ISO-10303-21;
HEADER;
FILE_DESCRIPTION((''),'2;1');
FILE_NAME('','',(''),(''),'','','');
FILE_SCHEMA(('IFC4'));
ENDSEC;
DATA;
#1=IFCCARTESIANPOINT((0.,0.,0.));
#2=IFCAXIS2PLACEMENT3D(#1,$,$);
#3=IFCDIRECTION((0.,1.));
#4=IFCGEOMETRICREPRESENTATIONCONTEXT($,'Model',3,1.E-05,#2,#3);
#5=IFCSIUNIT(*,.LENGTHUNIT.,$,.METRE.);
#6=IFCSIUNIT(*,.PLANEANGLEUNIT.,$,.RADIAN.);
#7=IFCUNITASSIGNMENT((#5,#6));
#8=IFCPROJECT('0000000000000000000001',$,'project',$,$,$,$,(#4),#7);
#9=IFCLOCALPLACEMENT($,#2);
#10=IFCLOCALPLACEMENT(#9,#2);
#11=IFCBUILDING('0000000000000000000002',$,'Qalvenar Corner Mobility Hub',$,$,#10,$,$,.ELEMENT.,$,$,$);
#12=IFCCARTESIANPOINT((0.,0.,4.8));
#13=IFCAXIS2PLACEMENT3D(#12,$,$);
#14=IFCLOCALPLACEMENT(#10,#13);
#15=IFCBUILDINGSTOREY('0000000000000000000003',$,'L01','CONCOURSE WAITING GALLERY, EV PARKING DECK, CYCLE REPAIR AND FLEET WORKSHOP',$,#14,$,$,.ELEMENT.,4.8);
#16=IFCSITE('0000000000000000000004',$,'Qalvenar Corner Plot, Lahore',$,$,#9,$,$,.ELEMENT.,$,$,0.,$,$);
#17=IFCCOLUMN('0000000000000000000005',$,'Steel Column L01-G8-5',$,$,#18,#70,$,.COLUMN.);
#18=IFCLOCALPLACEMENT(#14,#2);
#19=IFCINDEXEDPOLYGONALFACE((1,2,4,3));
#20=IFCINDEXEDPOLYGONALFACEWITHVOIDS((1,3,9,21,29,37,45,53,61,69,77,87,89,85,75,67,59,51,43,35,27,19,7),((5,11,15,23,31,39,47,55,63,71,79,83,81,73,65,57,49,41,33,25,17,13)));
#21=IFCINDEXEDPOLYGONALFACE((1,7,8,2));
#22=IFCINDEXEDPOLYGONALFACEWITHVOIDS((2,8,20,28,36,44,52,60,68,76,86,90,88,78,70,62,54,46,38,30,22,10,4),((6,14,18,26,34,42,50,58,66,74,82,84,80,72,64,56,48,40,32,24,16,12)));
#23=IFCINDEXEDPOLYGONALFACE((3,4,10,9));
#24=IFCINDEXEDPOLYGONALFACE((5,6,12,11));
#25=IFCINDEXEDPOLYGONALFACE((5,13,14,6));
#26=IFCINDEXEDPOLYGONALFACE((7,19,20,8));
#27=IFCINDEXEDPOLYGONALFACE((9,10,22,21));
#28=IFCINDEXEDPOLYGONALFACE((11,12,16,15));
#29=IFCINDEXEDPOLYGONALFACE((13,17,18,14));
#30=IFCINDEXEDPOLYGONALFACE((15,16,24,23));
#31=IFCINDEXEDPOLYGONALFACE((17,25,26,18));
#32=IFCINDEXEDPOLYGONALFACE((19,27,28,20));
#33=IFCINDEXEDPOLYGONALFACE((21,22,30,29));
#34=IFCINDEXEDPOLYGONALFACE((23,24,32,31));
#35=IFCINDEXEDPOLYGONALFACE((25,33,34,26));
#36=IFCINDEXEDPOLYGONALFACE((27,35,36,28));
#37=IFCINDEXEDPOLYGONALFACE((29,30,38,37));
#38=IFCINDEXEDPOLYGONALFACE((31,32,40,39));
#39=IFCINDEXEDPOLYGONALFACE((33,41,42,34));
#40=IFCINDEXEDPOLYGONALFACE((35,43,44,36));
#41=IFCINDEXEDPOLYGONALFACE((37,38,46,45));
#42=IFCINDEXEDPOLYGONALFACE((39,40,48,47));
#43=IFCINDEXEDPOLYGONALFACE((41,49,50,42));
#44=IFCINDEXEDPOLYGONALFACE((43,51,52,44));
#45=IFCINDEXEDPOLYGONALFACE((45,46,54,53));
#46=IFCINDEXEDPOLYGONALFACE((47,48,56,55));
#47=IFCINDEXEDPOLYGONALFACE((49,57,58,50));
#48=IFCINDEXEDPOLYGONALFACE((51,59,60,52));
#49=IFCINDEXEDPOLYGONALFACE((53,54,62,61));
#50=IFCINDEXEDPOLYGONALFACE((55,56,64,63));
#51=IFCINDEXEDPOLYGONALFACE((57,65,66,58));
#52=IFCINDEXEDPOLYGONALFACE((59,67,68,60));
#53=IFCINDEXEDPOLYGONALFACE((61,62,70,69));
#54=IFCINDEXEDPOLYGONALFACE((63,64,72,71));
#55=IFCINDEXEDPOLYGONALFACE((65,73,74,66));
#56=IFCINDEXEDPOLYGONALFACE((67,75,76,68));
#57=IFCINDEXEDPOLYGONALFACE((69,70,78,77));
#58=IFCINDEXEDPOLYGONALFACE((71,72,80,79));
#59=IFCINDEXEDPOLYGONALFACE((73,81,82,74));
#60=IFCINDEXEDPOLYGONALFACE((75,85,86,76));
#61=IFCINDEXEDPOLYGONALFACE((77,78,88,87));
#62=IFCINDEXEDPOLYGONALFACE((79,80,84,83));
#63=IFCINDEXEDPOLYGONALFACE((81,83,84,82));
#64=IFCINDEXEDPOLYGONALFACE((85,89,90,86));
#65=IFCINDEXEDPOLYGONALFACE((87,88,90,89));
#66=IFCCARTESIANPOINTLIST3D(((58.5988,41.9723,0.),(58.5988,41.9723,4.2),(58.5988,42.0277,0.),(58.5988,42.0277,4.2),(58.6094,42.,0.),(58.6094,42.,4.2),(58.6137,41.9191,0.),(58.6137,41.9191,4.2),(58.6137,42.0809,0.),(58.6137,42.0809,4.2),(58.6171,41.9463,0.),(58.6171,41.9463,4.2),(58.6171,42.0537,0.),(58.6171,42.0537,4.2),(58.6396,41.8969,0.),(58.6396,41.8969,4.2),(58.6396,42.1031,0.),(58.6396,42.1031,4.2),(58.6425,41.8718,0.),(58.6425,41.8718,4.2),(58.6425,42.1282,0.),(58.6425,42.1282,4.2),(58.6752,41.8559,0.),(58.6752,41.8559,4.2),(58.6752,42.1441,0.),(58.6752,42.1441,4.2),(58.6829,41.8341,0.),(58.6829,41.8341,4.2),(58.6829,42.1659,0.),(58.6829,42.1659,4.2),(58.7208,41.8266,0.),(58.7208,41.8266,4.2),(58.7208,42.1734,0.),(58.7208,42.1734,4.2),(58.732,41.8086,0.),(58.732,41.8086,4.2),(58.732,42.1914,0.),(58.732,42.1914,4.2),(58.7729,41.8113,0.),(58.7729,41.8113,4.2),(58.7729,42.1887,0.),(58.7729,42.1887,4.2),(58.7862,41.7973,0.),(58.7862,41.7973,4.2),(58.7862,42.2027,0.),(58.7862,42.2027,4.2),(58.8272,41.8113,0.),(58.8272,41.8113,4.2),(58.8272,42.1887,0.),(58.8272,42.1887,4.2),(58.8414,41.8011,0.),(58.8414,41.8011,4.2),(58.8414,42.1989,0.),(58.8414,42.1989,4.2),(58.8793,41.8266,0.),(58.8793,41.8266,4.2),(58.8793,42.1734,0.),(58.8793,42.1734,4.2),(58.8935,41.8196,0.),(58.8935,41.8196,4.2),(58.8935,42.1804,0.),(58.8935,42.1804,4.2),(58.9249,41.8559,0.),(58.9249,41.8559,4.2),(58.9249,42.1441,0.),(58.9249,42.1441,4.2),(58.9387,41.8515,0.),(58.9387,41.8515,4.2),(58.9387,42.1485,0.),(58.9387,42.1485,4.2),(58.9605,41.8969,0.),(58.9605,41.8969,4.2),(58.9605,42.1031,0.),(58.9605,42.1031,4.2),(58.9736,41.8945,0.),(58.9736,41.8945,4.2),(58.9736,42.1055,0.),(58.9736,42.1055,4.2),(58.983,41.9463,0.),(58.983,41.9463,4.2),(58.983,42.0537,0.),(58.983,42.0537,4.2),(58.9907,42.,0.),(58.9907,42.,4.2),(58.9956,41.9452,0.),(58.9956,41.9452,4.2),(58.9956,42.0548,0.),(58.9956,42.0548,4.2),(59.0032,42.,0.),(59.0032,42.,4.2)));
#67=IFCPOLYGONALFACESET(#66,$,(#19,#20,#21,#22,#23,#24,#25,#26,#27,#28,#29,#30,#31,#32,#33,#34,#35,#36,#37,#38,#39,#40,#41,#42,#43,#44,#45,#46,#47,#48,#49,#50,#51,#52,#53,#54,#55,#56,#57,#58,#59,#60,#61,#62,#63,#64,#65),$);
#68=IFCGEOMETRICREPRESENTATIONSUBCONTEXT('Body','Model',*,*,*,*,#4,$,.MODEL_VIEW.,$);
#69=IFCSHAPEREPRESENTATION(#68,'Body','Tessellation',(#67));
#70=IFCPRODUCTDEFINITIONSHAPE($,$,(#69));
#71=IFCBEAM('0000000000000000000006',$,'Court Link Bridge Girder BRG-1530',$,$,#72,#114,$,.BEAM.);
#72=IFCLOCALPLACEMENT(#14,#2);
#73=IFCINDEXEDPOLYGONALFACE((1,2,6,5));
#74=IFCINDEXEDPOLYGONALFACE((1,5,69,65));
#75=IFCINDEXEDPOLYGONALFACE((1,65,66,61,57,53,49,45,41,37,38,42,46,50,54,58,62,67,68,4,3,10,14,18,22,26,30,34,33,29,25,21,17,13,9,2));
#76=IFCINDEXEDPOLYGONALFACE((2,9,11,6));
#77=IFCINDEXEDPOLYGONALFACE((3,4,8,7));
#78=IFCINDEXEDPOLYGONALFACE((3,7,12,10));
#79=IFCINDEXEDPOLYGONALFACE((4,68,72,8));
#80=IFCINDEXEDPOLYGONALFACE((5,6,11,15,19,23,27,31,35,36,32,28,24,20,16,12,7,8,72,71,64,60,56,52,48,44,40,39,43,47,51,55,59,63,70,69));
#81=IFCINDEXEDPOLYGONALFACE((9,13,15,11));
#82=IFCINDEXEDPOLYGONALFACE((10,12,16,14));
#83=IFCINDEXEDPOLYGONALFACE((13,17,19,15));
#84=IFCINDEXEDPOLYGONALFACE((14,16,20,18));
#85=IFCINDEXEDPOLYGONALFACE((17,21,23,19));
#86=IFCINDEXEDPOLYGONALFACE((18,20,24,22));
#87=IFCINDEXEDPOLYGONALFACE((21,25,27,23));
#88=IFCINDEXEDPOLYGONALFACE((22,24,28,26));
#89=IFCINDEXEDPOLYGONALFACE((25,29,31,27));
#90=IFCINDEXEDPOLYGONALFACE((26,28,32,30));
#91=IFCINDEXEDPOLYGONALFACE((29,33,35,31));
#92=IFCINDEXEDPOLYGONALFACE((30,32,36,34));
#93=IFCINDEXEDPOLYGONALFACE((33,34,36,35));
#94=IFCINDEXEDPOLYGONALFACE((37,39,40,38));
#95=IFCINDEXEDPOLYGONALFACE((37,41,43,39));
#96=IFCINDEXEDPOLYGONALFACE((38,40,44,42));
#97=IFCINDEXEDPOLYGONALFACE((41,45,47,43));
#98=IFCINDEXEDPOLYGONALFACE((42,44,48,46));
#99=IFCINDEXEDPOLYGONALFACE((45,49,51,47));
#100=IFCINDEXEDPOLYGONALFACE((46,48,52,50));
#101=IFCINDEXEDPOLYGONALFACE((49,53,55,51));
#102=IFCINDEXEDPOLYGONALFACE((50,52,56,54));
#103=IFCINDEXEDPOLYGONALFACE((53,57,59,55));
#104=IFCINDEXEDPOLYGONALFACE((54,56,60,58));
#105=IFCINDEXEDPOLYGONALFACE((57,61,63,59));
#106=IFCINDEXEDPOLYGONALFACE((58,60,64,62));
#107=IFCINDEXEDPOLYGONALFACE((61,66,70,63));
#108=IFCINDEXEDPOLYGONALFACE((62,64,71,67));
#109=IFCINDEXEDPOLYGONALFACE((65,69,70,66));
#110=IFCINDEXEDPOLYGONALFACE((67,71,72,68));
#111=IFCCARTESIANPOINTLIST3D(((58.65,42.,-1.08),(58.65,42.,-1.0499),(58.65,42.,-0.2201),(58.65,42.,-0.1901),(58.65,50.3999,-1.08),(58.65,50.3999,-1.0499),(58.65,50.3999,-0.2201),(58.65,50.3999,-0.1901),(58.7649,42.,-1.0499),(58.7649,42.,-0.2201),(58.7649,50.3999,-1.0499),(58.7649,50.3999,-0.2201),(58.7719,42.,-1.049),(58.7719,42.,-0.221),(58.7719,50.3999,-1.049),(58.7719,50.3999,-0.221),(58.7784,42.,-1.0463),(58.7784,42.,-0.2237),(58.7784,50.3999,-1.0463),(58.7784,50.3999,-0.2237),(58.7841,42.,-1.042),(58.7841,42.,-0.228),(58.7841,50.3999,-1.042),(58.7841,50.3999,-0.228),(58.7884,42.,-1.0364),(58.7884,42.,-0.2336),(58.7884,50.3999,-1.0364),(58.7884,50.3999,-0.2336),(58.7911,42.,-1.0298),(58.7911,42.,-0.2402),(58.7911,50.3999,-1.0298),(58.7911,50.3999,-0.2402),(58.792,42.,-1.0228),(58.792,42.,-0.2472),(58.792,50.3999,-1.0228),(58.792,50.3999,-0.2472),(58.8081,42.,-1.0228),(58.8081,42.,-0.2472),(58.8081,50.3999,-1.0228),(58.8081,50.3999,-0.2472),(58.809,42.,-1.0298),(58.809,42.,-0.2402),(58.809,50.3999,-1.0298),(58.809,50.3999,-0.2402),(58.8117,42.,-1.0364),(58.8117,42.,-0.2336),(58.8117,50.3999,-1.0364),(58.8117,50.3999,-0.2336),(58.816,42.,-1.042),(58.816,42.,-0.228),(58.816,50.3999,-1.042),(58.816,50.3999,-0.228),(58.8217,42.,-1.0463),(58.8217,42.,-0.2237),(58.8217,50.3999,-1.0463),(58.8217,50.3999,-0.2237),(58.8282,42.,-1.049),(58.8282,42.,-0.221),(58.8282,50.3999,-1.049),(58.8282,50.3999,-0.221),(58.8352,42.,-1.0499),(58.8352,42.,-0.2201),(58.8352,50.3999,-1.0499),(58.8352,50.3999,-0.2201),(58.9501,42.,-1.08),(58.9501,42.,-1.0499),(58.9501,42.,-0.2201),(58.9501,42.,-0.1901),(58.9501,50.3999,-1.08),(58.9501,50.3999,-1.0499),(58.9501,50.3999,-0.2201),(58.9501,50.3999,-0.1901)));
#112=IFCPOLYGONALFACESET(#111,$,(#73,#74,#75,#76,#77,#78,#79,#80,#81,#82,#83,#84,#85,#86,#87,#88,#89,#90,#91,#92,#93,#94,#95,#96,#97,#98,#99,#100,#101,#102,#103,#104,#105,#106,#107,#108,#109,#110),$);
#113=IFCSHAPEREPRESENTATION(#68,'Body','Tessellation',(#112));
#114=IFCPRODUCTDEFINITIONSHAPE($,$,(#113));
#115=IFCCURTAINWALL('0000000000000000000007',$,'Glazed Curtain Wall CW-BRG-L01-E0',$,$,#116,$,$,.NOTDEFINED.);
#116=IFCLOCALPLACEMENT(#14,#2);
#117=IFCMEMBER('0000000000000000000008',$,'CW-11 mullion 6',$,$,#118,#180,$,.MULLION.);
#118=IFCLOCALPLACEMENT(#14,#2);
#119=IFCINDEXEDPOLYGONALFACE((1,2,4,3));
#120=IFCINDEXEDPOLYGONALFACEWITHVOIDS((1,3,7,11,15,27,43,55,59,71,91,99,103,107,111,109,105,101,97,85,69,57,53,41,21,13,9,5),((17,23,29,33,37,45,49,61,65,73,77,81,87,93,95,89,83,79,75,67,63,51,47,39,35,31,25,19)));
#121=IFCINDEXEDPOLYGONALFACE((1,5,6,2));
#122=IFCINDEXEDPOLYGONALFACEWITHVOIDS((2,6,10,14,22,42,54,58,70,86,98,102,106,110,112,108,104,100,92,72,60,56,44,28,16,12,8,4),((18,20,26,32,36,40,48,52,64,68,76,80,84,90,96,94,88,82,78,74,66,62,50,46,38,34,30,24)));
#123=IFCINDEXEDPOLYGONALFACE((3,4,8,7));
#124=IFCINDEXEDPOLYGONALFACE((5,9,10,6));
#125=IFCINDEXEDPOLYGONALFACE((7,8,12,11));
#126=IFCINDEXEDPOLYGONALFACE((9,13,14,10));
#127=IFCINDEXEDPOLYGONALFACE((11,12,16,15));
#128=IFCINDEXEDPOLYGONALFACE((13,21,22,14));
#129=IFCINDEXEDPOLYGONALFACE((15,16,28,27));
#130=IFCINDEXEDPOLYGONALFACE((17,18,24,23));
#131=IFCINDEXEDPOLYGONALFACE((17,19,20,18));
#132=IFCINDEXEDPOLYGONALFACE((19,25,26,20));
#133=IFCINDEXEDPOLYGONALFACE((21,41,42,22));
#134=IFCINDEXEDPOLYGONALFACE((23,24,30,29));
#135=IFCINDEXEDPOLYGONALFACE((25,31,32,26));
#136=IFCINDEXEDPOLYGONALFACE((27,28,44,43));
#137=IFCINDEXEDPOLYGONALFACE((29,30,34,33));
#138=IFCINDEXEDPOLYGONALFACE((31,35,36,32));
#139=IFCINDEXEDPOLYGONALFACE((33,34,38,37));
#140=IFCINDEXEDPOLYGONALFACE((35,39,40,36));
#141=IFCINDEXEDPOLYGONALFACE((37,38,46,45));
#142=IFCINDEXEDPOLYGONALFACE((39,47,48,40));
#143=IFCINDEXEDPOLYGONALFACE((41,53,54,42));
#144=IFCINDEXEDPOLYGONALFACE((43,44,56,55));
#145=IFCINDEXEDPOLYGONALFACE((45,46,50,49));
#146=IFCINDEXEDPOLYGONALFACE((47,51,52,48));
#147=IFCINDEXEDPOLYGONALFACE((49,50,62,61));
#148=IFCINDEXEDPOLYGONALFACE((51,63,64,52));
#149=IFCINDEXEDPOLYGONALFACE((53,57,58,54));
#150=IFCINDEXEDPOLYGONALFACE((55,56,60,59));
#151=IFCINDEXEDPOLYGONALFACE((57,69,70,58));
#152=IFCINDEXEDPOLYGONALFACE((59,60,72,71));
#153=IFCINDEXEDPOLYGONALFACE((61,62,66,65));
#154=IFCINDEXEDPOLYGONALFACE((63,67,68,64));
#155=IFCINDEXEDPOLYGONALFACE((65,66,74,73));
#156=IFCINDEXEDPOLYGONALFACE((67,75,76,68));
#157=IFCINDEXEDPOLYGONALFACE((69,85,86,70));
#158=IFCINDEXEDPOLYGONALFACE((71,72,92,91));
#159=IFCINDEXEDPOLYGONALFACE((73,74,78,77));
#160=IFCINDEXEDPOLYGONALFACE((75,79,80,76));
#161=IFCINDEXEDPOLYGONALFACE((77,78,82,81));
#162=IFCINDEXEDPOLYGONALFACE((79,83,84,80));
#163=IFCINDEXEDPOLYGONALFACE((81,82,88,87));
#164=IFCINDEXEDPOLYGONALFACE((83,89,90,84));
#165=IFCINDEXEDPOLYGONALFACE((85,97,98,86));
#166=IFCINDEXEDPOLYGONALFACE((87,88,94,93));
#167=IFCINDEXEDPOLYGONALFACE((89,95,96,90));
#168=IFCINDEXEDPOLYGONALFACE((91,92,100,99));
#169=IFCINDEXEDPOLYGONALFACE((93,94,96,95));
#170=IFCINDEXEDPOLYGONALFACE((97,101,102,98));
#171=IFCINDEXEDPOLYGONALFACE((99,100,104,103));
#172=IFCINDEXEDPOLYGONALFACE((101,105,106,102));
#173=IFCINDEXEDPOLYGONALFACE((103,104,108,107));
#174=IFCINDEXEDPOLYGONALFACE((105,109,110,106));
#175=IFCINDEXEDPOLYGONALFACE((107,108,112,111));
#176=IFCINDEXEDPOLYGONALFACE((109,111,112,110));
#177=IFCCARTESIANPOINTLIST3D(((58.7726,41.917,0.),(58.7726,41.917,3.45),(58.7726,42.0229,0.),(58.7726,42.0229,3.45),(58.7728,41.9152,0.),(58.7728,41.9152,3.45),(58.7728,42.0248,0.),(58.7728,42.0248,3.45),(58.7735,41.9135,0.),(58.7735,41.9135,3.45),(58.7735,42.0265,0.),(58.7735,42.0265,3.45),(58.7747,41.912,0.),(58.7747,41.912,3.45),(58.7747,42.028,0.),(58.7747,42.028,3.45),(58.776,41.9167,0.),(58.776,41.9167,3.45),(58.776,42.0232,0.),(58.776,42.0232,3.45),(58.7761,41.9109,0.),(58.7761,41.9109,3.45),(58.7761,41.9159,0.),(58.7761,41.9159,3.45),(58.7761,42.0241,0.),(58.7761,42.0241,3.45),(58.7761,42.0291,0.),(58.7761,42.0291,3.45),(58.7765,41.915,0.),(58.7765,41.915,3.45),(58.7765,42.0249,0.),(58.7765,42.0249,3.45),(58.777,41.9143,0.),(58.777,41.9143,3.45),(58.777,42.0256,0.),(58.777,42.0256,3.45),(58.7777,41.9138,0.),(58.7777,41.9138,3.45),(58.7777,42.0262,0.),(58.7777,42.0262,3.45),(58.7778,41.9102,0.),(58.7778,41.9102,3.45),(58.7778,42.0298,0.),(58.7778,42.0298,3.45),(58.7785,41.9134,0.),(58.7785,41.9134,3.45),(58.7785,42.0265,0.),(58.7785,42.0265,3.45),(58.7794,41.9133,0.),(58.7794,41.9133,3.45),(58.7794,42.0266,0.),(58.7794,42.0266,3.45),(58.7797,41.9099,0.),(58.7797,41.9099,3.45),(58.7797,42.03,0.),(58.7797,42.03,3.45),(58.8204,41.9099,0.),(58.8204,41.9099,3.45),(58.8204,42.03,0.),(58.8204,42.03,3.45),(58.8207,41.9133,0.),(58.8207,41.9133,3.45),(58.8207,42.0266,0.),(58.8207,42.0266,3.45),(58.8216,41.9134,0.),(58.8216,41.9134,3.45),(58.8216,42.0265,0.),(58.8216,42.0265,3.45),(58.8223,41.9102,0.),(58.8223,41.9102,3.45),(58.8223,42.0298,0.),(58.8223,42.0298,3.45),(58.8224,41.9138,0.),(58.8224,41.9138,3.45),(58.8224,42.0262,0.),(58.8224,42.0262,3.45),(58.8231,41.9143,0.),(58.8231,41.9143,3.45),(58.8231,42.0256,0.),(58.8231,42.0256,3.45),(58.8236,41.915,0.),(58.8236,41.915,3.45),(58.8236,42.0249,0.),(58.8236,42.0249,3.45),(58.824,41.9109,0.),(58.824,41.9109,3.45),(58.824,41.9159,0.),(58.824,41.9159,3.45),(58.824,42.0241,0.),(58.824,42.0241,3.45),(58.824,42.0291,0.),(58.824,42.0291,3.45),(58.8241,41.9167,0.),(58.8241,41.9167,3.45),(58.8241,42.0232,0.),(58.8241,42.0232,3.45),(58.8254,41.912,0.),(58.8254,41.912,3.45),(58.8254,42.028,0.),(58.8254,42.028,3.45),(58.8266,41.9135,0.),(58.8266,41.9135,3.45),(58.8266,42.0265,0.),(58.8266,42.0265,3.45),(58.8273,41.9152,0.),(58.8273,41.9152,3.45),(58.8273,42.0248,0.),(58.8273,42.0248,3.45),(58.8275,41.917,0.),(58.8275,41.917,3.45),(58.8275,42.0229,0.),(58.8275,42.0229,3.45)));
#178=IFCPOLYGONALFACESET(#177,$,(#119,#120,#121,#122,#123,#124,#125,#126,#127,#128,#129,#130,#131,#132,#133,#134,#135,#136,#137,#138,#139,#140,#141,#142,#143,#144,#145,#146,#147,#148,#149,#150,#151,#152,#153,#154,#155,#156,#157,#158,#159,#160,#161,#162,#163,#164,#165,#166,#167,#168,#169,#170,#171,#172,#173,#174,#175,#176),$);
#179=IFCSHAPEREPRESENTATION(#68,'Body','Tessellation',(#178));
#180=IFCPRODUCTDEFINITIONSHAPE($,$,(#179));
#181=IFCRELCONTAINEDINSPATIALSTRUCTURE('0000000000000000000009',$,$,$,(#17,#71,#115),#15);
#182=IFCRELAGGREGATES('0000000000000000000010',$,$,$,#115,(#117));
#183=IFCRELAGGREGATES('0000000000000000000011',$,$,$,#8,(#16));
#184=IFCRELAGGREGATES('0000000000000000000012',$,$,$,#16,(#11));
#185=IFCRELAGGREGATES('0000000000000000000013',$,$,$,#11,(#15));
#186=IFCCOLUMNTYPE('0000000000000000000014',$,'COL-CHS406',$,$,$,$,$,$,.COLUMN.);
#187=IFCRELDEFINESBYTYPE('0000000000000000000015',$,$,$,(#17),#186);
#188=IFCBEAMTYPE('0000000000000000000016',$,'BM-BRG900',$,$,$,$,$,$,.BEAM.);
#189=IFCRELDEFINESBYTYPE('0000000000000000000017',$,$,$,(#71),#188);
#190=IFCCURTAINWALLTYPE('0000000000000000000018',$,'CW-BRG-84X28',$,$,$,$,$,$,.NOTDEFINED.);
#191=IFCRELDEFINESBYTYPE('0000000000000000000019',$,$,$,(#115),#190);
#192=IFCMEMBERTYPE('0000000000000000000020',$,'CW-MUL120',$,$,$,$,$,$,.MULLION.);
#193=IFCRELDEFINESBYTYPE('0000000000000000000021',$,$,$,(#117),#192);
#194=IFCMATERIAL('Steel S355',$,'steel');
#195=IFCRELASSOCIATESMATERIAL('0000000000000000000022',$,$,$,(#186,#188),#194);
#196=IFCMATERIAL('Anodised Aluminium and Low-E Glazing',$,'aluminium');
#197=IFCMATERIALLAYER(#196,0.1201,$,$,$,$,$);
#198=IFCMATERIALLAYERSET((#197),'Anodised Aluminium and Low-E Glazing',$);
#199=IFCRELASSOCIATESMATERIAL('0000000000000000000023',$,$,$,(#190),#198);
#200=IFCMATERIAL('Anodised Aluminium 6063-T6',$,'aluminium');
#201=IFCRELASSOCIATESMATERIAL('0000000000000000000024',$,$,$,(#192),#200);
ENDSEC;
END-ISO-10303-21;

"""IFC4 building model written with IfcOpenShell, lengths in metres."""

from ifc_helpers import new_model, si_unit, direction, frame, origin, origin_2d, place, context, subcontext, project, spatial, hollow_rectangle, hollow_circle, i_section, extrude, material, layer, layer_set, material_profile, profile_set, type_object, element, aggregate, save


model = new_model("IFC4")

# Units and contexts
model_context = context("Model", 3, precision=1e-05, world=origin(), true_north=direction((0.0, 1.0)))
body_context = subcontext(model_context, "Body", "Model", "MODEL_VIEW")
ifc_project = project(units=[si_unit("LENGTHUNIT", "METRE"), si_unit("PLANEANGLEUNIT", "RADIAN")], contexts=[model_context])

# Site, building, storey
site_placement = place(None, origin())
site = spatial("IfcSite", under=ifc_project, at=site_placement, Name="Qalvenar Corner Plot, Lahore", CompositionType="ELEMENT", RefElevation=0.0)
building_placement = place(site_placement, origin())
building = spatial("IfcBuilding", under=site, at=building_placement, Name="Qalvenar Corner Mobility Hub", CompositionType="ELEMENT")
storey_placement = place(building_placement, frame((0.0, 0.0, 4.8)))
storey = spatial("IfcBuildingStorey", under=building, at=storey_placement, Name="L01", Description="CONCOURSE WAITING GALLERY, EV PARKING DECK, CYCLE REPAIR AND FLEET WORKSHOP", CompositionType="ELEMENT", Elevation=4.8)

# Column
ifc_material_1 = material(Name="Steel S355", Category="steel")
ifc_material_profile_1 = material_profile(ifc_material_1, hollow_circle(Radius=0.2031, WallThickness=0.0125, at=origin_2d()), Name="CHS406.4x12.5")
ifc_profile_set_1 = profile_set([ifc_material_profile_1], Name="Steel S355")
column_type = type_object("IfcColumnType", Name="COL-CHS406", PredefinedType="COLUMN", material=ifc_profile_set_1)
column_placement = place(storey_placement, frame((58.8, 42.0, 0.0), z_axis=(0.0, 0.0, 1.0), x_axis=(1.0, 0.0, 0.0)))
element("IfcColumn", 1, at=column_placement, inside=storey, type_object=column_type, Name="Steel Column L01-G8-5", PredefinedType="COLUMN", context=body_context, shape_type="SweptSolid", body=[
    extrude(hollow_circle(Radius=0.2031, WallThickness=0.0125, at=origin_2d()), origin(), (0.0, 0.0, 1.0), 4.2),
])

# Beam
ifc_material_profile_2 = material_profile(ifc_material_1, i_section(OverallWidth=0.3, OverallDepth=0.8899, WebThickness=0.0161, FlangeThickness=0.03, FilletRadius=0.0271, at=origin_2d()), Name="HEA900")
ifc_profile_set_2 = profile_set([ifc_material_profile_2], Name="Steel S355")
beam_type = type_object("IfcBeamType", Name="BM-BRG900", PredefinedType="BEAM", material=ifc_profile_set_2)
beam_placement = place(storey_placement, frame((58.8, 42.0, -0.635), z_axis=(0.0, 1.0, 0.0), x_axis=(-1.0, 0.0, 0.0)))
element("IfcBeam", 2, at=beam_placement, inside=storey, type_object=beam_type, Name="Court Link Bridge Girder BRG-1530", PredefinedType="BEAM", context=body_context, shape_type="SweptSolid", body=[
    extrude(i_section(OverallWidth=0.3, OverallDepth=0.8899, WebThickness=0.0161, FlangeThickness=0.03, FilletRadius=0.0271, at=origin_2d()), origin(), (0.0, 0.0, 1.0), 8.3999),
])

# Curtain wall, member
ifc_material_2 = material(Name="Anodised Aluminium and Low-E Glazing", Category="aluminium")
ifc_layer_1 = layer(ifc_material_2, 0.1201)
ifc_layer_set_1 = layer_set([ifc_layer_1], Name="Anodised Aluminium and Low-E Glazing")
curtain_wall_type = type_object("IfcCurtainWallType", Name="CW-BRG-84X28", PredefinedType="NOTDEFINED", material=ifc_layer_set_1)
curtain_wall_1_placement = place(storey_placement, origin())
curtain_wall_1 = element("IfcCurtainWall", 3, at=curtain_wall_1_placement, inside=storey, type_object=curtain_wall_type, Name="Glazed Curtain Wall CW-BRG-L01-E0", PredefinedType="NOTDEFINED")
ifc_material_3 = material(Name="Anodised Aluminium 6063-T6", Category="aluminium")
ifc_material_profile_3 = material_profile(ifc_material_3, hollow_rectangle(XDim=0.0549, YDim=0.1201, WallThickness=0.0034, InnerFilletRadius=0.0034, OuterFilletRadius=0.0071, at=origin_2d()), Name="RHS120x55x3.5")
ifc_profile_set_3 = profile_set([ifc_material_profile_3], Name="Anodised Aluminium 6063-T6")
member_type_1 = type_object("IfcMemberType", Name="CW-MUL120", PredefinedType="MULLION", material=ifc_profile_set_3)
member_1_placement = place(storey_placement, frame((58.8, 41.97, 0.0), z_axis=(0.0, 0.0, 1.0), x_axis=(-1.0, 0.0, 0.0)))
member_1 = element("IfcMember", 4, at=member_1_placement, type_object=member_type_1, Name="CW-11 mullion 6", PredefinedType="MULLION", context=body_context, shape_type="SweptSolid", body=[
    extrude(hollow_rectangle(XDim=0.0549, YDim=0.1201, WallThickness=0.0034, InnerFilletRadius=0.0034, OuterFilletRadius=0.0071, at=origin_2d()), origin(), (0.0, 0.0, 1.0), 3.45),
])

aggregate(curtain_wall_1, [member_1])

save(model, "model.ifc")
